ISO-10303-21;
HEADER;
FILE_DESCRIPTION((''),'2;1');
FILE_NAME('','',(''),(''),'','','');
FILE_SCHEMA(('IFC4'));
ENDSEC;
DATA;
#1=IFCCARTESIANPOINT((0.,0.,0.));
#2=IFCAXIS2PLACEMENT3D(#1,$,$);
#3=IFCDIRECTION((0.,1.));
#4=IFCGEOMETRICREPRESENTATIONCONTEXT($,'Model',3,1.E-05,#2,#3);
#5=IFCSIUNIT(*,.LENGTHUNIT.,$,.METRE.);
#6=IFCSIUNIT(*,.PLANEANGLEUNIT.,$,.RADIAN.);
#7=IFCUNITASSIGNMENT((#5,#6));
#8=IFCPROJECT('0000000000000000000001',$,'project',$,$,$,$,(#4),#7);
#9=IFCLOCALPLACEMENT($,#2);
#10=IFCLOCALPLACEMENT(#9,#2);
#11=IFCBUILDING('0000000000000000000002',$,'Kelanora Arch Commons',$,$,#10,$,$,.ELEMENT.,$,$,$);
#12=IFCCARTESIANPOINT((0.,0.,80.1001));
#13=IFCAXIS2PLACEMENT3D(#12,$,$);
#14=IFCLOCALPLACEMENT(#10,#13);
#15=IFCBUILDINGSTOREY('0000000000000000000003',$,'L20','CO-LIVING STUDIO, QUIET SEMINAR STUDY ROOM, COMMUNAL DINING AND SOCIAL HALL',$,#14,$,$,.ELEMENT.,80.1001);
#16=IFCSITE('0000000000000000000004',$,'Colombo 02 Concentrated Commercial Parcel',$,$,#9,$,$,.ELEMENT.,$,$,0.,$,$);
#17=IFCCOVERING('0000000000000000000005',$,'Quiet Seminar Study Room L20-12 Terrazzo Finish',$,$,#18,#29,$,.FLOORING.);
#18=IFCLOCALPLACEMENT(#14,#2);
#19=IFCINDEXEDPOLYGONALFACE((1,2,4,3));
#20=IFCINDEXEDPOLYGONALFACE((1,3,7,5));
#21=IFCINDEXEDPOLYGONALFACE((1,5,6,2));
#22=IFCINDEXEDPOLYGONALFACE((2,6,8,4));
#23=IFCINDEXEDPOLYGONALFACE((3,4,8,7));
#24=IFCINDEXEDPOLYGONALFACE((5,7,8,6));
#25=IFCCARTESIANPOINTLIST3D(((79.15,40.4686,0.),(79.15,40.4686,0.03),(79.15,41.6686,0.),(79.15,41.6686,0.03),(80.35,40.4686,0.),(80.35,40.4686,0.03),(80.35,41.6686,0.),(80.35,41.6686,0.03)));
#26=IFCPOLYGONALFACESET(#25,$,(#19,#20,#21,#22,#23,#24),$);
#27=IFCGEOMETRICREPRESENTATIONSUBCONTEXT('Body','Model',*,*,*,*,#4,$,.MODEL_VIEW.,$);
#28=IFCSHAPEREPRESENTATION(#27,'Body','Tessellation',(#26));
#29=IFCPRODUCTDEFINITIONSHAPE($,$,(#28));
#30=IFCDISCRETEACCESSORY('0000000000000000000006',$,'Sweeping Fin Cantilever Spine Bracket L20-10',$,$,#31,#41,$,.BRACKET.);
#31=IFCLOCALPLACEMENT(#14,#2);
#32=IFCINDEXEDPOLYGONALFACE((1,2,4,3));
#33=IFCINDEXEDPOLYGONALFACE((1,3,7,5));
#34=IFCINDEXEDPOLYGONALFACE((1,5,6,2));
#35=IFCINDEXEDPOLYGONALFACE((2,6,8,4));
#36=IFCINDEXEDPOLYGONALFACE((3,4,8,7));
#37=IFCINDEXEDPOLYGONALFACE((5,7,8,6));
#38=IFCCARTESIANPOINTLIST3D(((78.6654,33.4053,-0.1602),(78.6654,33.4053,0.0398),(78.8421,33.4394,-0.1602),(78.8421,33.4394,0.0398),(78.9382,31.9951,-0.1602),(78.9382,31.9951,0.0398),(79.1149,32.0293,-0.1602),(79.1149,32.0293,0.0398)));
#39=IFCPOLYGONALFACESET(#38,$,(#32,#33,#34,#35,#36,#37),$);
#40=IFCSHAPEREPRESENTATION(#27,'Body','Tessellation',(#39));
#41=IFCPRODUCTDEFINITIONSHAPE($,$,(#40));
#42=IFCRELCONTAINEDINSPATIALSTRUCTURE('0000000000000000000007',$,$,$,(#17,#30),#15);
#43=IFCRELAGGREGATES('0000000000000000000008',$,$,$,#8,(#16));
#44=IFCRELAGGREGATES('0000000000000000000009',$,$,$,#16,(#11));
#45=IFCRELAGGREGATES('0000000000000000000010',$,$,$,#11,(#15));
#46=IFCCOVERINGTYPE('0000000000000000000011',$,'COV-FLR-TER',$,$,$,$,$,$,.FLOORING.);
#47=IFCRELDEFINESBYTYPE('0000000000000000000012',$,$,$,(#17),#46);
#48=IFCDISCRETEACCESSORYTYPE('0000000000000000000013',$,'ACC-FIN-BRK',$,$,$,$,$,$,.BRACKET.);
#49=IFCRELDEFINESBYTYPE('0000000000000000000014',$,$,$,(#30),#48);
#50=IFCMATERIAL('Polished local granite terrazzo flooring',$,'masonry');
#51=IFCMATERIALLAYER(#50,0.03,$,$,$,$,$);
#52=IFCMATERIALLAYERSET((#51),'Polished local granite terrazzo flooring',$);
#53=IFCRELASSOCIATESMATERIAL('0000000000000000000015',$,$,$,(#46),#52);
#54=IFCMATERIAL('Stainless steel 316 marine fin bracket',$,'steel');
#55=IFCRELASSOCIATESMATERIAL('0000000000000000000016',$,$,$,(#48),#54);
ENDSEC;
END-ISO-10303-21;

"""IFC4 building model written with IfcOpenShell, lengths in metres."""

from ifc_helpers import new_model, si_unit, direction, frame, origin, origin_2d, place, context, subcontext, project, spatial, rectangle, extrude, source, transform, mapped, material, layer, layer_set, type_object, element, save


model = new_model("IFC4")

# Units and contexts
model_context = context("Model", 3, precision=1e-05, world=origin(), true_north=direction((0.0, 1.0)))
body_context = subcontext(model_context, "Body", "Model", "MODEL_VIEW")
ifc_project = project(units=[si_unit("LENGTHUNIT", "METRE"), si_unit("PLANEANGLEUNIT", "RADIAN")], contexts=[model_context])

# Site, building, storey
site_placement = place(None, origin())
site = spatial("IfcSite", under=ifc_project, at=site_placement, Name="Colombo 02 Concentrated Commercial Parcel", CompositionType="ELEMENT", RefElevation=0.0)
building_placement = place(site_placement, origin())
building = spatial("IfcBuilding", under=site, at=building_placement, Name="Kelanora Arch Commons", CompositionType="ELEMENT")
storey_placement = place(building_placement, frame((0.0, 0.0, 80.1001)))
storey = spatial("IfcBuildingStorey", under=building, at=storey_placement, Name="L20", Description="CO-LIVING STUDIO, QUIET SEMINAR STUDY ROOM, COMMUNAL DINING AND SOCIAL HALL", CompositionType="ELEMENT", Elevation=80.1001)

# Covering
ifc_material_1 = material(Name="Polished local granite terrazzo flooring", Category="masonry")
ifc_layer_1 = layer(ifc_material_1, 0.03)
ifc_layer_set_1 = layer_set([ifc_layer_1], Name="Polished local granite terrazzo flooring")
covering_type = type_object("IfcCoveringType", Name="COV-FLR-TER", PredefinedType="FLOORING", material=ifc_layer_set_1)
shared_shape_1 = source(origin(), body_context, "Body", "SweptSolid", [
    extrude(rectangle(XDim=1.2, YDim=1.2, at=origin_2d()), origin(), (0.0, 0.0, 1.0), 0.03),
])
covering_placement = place(storey_placement, frame((79.75, 41.0686, 0.0), z_axis=(0.0, 0.0, 1.0), x_axis=(1.0, 0.0, 0.0)))
element("IfcCovering", 1, at=covering_placement, inside=storey, type_object=covering_type, Name="Quiet Seminar Study Room L20-12 Terrazzo Finish", PredefinedType="FLOORING", context=body_context, shape_type="MappedRepresentation", body=[
    mapped(shared_shape_1, transform((0.0, 0.0, 0.0), scale=1.0)),
])

# Discrete accessory
ifc_material_2 = material(Name="Stainless steel 316 marine fin bracket", Category="steel")
discrete_accessory_type = type_object("IfcDiscreteAccessoryType", Name="ACC-FIN-BRK", PredefinedType="BRACKET", material=ifc_material_2)
shared_shape_2 = source(origin(), body_context, "Body", "SweptSolid", [
    extrude(rectangle(XDim=1.4363, YDim=0.1799, at=origin_2d()), origin(), (0.0, 0.0, 1.0), 0.2),
])
discrete_accessory_placement = place(storey_placement, frame((78.8901, 32.7173, -0.1602), z_axis=(0.0, 0.0, 1.0), x_axis=(0.189952, -0.981793, 0.0)))
element("IfcDiscreteAccessory", 2, at=discrete_accessory_placement, inside=storey, type_object=discrete_accessory_type, Name="Sweeping Fin Cantilever Spine Bracket L20-10", PredefinedType="BRACKET", context=body_context, shape_type="MappedRepresentation", body=[
    mapped(shared_shape_2, transform((0.0, 0.0, 0.0), scale=1.0)),
])

save(model, "model.ifc")
